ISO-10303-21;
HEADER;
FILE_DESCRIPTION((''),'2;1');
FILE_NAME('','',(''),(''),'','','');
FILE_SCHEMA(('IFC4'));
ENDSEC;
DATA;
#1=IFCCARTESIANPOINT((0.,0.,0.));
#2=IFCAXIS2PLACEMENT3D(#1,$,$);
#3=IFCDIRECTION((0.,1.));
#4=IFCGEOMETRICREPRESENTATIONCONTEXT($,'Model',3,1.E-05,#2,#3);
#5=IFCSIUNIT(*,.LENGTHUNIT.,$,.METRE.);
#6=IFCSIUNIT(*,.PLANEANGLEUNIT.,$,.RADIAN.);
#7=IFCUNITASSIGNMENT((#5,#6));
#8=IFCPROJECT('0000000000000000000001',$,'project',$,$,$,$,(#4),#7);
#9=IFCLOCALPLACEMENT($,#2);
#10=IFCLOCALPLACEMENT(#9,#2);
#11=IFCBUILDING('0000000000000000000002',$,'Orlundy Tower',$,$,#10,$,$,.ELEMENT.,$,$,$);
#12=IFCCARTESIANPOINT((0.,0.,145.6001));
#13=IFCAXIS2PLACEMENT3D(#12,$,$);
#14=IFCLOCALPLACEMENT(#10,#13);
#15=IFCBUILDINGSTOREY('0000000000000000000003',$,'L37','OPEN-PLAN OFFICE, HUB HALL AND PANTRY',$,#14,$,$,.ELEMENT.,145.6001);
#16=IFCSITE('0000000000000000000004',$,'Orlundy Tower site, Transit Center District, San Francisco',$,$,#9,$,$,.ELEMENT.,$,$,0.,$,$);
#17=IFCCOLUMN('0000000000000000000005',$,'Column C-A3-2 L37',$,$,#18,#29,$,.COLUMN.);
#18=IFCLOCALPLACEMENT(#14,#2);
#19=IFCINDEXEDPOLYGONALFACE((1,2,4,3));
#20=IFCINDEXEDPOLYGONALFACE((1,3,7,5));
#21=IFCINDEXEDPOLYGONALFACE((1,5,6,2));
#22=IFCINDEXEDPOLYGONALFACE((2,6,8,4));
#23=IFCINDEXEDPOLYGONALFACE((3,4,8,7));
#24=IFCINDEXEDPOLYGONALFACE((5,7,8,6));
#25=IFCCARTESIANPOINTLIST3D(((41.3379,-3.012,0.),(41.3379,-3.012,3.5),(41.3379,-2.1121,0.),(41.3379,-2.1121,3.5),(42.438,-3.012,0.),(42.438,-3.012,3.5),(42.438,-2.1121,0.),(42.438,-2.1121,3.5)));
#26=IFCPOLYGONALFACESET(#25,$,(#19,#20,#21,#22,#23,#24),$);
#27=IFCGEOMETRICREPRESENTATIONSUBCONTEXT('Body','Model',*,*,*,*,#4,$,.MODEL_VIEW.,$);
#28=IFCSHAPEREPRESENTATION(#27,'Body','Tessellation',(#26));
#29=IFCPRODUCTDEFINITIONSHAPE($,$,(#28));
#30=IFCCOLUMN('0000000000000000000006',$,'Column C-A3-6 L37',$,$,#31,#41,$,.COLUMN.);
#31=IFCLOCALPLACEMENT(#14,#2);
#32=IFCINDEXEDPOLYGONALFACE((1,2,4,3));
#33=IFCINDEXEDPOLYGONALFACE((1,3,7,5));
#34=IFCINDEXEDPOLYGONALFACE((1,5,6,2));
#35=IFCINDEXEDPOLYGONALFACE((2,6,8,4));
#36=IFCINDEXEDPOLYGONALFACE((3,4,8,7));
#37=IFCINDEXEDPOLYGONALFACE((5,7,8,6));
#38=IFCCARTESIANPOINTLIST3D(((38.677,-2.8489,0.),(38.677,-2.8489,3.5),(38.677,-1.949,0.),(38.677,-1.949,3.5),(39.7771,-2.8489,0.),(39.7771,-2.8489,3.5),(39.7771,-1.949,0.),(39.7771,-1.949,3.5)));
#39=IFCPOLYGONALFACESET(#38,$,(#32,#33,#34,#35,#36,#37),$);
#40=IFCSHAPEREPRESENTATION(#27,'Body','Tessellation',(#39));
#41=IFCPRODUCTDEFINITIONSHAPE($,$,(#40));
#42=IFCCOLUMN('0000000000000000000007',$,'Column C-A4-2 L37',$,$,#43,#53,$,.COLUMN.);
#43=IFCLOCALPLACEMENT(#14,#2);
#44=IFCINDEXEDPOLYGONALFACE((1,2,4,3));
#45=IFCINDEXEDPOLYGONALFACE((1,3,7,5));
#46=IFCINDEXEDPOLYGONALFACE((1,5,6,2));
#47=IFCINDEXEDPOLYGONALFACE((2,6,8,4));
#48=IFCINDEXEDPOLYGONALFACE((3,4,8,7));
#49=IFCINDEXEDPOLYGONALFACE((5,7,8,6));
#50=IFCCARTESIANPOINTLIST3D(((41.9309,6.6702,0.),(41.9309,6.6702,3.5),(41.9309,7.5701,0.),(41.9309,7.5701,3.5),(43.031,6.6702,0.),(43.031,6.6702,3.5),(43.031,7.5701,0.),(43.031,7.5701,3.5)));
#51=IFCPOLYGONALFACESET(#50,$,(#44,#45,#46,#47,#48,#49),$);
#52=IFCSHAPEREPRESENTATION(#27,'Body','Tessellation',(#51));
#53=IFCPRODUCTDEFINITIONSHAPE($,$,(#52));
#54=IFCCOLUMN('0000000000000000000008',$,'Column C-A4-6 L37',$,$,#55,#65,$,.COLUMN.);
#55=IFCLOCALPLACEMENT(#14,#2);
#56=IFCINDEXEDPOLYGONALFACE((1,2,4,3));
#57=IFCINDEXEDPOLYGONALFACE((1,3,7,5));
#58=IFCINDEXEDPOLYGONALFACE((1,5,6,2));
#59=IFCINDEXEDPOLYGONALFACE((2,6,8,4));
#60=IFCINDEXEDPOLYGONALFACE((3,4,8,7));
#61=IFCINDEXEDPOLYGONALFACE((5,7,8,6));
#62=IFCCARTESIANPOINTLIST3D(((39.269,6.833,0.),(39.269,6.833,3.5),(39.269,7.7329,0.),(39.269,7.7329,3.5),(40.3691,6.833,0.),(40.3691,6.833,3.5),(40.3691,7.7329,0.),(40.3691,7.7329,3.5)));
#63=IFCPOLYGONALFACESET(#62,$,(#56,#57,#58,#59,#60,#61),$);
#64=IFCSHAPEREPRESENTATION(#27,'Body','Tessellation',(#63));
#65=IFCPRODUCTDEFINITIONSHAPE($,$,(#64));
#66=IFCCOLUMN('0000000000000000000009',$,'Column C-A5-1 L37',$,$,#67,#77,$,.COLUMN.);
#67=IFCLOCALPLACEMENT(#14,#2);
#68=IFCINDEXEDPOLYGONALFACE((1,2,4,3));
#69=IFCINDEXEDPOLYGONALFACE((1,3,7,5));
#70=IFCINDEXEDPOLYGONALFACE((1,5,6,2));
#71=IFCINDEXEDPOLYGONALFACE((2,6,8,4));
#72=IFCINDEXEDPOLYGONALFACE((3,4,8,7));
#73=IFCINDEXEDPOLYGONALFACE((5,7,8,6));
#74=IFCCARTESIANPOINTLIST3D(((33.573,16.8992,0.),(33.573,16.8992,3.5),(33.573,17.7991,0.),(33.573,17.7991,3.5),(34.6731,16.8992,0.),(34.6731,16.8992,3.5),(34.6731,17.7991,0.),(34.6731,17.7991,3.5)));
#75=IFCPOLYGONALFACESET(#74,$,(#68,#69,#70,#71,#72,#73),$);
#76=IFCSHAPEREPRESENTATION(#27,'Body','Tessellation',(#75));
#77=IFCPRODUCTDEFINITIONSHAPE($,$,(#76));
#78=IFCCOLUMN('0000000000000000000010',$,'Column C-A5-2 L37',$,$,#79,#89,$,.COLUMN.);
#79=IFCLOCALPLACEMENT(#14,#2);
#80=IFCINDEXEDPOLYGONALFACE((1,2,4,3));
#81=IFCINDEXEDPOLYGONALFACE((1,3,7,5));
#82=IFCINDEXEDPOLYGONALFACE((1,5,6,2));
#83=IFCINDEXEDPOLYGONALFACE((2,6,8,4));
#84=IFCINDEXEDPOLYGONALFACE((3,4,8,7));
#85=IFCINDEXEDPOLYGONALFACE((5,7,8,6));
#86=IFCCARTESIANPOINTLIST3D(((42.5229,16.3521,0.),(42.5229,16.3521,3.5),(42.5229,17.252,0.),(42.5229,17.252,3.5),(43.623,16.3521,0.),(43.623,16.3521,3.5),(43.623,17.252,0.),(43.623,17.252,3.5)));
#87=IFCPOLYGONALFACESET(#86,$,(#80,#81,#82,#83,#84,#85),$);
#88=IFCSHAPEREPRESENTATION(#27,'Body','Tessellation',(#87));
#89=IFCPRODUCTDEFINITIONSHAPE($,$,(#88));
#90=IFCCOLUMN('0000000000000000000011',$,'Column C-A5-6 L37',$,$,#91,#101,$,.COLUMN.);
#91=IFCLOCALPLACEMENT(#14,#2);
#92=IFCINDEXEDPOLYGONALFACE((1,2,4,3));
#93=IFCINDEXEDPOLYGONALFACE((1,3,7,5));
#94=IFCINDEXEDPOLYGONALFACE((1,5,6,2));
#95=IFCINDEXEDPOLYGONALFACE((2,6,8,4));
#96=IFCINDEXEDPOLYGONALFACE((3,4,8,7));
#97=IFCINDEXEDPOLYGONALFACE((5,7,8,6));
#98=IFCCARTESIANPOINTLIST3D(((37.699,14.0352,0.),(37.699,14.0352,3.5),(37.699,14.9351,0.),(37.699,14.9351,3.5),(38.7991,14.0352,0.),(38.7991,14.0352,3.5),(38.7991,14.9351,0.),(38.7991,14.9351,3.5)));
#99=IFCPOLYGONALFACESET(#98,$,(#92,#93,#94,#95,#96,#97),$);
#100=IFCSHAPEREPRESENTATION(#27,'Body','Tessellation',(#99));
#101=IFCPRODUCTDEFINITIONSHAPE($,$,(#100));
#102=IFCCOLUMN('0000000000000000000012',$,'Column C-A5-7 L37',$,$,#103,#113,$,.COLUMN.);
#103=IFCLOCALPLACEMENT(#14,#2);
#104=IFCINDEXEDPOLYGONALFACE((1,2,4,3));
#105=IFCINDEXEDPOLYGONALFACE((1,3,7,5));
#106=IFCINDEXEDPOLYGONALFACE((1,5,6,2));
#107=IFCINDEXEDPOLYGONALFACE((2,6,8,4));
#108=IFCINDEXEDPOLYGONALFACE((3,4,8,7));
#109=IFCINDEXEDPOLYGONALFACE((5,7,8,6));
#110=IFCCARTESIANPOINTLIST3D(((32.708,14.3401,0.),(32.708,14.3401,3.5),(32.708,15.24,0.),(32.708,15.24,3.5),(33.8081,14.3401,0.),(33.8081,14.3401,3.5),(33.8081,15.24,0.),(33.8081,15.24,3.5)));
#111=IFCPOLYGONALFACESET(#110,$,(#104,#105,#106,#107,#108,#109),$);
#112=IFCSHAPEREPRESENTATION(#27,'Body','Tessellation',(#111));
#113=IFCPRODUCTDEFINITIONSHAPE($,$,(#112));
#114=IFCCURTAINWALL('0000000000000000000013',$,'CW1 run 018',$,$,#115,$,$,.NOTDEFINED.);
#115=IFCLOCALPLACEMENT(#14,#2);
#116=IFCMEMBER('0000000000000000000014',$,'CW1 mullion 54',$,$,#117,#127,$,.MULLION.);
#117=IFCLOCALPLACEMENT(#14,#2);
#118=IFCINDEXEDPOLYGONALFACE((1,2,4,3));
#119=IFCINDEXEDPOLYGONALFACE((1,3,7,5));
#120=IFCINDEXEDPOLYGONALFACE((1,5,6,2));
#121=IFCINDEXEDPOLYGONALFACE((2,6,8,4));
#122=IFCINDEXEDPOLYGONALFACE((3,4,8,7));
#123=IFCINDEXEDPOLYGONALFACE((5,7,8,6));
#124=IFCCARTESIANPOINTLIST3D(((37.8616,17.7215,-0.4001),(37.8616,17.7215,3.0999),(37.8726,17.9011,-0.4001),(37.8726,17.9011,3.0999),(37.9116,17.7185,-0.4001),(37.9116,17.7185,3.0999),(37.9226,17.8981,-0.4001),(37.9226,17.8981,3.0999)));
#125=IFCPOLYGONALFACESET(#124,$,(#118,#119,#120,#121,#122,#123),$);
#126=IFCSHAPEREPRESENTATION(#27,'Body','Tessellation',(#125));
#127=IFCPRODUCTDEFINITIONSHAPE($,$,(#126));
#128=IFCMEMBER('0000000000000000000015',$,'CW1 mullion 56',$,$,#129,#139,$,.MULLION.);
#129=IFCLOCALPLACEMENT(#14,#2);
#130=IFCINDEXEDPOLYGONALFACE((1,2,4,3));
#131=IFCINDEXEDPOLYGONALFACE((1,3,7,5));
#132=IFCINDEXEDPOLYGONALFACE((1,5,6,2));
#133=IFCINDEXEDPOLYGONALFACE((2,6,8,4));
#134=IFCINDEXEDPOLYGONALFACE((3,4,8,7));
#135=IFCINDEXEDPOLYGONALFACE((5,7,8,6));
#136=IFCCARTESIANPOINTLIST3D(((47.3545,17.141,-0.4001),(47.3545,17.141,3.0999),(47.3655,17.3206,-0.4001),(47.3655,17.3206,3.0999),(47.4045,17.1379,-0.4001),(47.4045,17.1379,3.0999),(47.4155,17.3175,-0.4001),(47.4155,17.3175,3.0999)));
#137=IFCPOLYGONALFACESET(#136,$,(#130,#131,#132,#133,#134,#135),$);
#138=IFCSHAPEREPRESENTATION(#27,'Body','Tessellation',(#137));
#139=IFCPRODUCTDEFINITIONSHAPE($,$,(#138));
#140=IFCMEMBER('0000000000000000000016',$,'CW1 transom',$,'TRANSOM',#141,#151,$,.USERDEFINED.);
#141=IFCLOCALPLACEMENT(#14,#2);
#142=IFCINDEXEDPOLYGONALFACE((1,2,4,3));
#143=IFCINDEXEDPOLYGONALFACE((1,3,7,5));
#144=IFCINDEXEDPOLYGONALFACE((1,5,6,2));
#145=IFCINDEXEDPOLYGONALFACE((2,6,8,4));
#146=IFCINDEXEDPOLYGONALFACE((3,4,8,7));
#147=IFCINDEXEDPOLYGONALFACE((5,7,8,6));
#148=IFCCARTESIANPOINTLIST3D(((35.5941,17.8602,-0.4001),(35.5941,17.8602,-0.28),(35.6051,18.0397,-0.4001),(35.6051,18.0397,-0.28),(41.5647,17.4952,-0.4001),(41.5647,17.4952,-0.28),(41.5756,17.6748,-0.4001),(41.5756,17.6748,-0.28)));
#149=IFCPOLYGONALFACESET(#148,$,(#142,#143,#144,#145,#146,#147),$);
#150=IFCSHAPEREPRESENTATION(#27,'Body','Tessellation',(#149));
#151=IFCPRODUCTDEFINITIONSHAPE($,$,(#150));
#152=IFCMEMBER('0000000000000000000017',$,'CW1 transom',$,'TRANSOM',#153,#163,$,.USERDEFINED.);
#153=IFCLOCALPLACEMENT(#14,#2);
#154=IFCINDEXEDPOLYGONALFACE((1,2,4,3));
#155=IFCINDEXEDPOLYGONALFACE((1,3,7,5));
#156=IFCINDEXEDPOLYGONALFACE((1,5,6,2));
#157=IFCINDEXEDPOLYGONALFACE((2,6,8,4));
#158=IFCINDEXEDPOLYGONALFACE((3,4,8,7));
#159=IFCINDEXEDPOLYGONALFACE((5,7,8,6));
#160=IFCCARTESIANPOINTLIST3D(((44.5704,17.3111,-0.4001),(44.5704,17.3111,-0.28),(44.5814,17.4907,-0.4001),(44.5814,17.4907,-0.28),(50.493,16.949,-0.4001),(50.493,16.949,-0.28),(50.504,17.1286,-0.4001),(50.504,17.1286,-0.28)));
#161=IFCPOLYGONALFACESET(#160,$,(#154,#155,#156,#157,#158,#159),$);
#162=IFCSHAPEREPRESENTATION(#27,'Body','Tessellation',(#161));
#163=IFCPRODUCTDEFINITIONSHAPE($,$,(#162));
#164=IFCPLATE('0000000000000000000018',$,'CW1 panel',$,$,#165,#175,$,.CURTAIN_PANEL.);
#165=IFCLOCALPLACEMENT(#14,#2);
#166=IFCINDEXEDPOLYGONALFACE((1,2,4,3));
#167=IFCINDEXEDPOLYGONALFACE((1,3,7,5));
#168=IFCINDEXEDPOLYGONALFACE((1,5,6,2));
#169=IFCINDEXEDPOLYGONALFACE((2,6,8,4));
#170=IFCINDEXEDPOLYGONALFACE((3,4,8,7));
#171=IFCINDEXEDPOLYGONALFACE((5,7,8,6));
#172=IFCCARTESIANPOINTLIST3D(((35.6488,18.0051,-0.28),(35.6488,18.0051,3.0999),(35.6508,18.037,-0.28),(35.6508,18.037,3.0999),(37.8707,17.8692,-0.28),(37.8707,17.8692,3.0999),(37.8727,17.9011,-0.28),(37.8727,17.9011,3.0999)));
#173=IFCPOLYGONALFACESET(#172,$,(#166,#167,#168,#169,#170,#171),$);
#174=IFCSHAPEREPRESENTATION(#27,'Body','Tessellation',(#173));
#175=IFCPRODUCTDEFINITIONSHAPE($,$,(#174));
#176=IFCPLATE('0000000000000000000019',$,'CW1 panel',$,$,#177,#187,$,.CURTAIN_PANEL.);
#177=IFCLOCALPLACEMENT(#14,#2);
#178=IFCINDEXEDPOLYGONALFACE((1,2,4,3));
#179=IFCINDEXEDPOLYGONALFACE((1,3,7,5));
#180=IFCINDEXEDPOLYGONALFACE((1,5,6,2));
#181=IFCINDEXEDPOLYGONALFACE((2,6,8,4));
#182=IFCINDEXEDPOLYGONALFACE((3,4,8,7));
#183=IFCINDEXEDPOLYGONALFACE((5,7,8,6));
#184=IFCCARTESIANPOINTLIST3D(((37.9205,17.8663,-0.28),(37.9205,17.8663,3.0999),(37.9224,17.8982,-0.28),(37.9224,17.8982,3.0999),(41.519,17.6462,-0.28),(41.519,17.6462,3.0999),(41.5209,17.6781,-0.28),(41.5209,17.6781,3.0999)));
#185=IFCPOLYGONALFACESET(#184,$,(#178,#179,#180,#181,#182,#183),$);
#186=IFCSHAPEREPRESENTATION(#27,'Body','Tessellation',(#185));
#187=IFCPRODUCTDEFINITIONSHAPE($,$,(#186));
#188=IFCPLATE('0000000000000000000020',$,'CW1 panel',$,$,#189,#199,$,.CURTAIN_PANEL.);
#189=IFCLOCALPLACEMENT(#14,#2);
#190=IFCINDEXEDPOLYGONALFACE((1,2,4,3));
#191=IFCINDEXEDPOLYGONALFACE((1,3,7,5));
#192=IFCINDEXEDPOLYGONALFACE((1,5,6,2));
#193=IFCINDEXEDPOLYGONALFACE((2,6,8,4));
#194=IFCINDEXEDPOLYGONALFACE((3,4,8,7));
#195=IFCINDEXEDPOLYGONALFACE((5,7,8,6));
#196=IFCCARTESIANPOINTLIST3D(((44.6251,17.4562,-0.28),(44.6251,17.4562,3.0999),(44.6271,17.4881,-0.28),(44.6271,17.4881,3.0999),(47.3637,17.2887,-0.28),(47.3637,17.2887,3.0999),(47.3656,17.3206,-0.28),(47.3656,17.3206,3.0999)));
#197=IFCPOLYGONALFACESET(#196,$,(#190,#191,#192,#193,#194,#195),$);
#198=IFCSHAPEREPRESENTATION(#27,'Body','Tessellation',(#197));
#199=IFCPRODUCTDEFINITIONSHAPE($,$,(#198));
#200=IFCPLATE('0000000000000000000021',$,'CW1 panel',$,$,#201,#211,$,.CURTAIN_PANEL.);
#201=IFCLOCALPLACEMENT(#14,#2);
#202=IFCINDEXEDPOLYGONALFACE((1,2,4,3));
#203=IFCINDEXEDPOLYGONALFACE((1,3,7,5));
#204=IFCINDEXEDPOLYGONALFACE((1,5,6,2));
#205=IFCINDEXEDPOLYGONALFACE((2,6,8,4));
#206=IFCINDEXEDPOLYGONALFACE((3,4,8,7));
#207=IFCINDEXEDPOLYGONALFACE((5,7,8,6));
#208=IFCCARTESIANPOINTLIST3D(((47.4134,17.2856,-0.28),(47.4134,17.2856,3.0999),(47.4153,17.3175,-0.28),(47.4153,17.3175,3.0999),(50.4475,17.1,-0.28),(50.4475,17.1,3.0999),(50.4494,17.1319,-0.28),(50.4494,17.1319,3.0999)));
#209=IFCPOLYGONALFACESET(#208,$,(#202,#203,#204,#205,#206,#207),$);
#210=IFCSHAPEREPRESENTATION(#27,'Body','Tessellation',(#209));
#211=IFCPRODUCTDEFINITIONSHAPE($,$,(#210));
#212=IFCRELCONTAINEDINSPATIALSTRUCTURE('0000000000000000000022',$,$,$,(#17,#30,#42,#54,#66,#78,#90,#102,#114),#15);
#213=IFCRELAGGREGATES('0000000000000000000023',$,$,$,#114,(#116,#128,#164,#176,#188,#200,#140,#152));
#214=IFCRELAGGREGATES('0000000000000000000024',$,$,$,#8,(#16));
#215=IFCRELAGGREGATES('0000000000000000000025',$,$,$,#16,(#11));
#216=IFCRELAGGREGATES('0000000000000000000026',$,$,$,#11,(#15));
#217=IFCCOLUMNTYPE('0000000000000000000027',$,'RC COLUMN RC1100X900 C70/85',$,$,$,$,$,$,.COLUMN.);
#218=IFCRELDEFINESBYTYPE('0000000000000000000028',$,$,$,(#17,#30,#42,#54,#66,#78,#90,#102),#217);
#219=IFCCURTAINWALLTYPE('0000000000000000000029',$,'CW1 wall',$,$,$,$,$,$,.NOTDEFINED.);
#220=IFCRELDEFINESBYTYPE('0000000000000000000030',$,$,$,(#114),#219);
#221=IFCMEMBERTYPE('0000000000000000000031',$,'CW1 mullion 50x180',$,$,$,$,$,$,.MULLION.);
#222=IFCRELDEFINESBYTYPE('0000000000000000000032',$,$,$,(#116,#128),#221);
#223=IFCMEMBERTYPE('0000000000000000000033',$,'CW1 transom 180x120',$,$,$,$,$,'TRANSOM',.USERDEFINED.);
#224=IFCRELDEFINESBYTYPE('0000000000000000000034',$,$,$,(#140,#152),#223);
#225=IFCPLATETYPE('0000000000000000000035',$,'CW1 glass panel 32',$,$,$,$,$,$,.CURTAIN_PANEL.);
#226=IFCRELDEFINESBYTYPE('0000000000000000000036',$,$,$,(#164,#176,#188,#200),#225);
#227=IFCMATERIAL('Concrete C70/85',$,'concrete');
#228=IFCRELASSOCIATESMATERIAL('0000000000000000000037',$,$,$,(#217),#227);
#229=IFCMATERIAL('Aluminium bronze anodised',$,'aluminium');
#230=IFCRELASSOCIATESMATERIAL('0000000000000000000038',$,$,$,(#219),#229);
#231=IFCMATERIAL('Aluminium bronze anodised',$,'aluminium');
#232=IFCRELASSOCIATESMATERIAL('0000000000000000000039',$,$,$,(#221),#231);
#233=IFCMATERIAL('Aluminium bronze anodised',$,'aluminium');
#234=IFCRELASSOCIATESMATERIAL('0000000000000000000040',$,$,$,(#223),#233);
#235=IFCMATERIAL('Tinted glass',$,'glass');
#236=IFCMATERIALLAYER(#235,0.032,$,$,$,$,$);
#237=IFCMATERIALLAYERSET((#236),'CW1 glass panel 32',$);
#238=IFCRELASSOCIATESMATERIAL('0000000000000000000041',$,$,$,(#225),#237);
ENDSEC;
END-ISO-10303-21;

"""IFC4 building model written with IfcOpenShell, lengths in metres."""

from ifc_helpers import new_model, si_unit, direction, frame, origin, origin_2d, place, context, subcontext, project, spatial, rectangle, extrude, material, layer, layer_set, material_profile, profile_set, type_object, element, aggregate, save


model = new_model("IFC4")

# Units and contexts
model_context = context("Model", 3, precision=1e-05, world=origin(), true_north=direction((0.0, 1.0)))
body_context = subcontext(model_context, "Body", "Model", "MODEL_VIEW")
ifc_project = project(units=[si_unit("LENGTHUNIT", "METRE"), si_unit("PLANEANGLEUNIT", "RADIAN")], contexts=[model_context])

# Site, building, storey
site_placement = place(None, origin())
site = spatial("IfcSite", under=ifc_project, at=site_placement, Name="Orlundy Tower site, Transit Center District, San Francisco", CompositionType="ELEMENT", RefElevation=0.0)
building_placement = place(site_placement, origin())
building = spatial("IfcBuilding", under=site, at=building_placement, Name="Orlundy Tower", CompositionType="ELEMENT")
storey_placement = place(building_placement, frame((0.0, 0.0, 145.6001)))
storey = spatial("IfcBuildingStorey", under=building, at=storey_placement, Name="L37", Description="OPEN-PLAN OFFICE, HUB HALL AND PANTRY", CompositionType="ELEMENT", Elevation=145.6001)

# Columns
ifc_material_1 = material(Name="Concrete C70/85", Category="concrete")
ifc_material_profile_1 = material_profile(ifc_material_1, rectangle(XDim=1.1001, YDim=0.8999, at=origin_2d()), Name="RC1100X900")
ifc_profile_set_1 = profile_set([ifc_material_profile_1], Name="Concrete C70/85")
column_type = type_object("IfcColumnType", Name="RC COLUMN RC1100X900 C70/85", PredefinedType="COLUMN", material=ifc_profile_set_1)
for number, where, z_axis, x_axis, name in (
    (1, (41.8879, -2.562, 0.0), (0.0, 0.0, 1.0), (1.0, 0.0, 0.0), "Column C-A3-2 L37"),
    (2, (39.2271, -2.3989, 0.0), (0.0, 0.0, 1.0), (1.0, 0.0, 0.0), "Column C-A3-6 L37"),
    (3, (42.481, 7.1201, 0.0), (0.0, 0.0, 1.0), (1.0, 0.0, 0.0), "Column C-A4-2 L37"),
    (4, (39.8191, 7.283, 0.0), (0.0, 0.0, 1.0), (1.0, 0.0, 0.0), "Column C-A4-6 L37"),
    (5, (34.123, 17.3491, 0.0), (0.0, 0.0, 1.0), (1.0, 0.0, 0.0), "Column C-A5-1 L37"),
    (6, (43.073, 16.802, 0.0), (0.0, 0.0, 1.0), (1.0, 0.0, 0.0), "Column C-A5-2 L37"),
    (7, (38.249, 14.4851, 0.0), (0.0, 0.0, 1.0), (1.0, 0.0, 0.0), "Column C-A5-6 L37"),
    (8, (33.2581, 14.79, 0.0), (0.0, 0.0, 1.0), (1.0, 0.0, 0.0), "Column C-A5-7 L37"),
):
    element("IfcColumn", number, at=place(storey_placement, frame(where, z_axis=z_axis, x_axis=x_axis)), inside=storey, type_object=column_type, Name=name, PredefinedType="COLUMN", context=body_context, shape_type="SweptSolid", body=[
        extrude(rectangle(XDim=1.1001, YDim=0.8999, at=origin_2d()), origin(), (0.0, 0.0, 1.0), 3.5),
    ])

# Curtain wall, members, plates
ifc_material_2 = material(Name="Aluminium bronze anodised", Category="aluminium")
curtain_wall_type = type_object("IfcCurtainWallType", Name="CW1 wall", PredefinedType="NOTDEFINED", material=ifc_material_2)
curtain_wall_placement = place(storey_placement, origin())
curtain_wall = element("IfcCurtainWall", 9, at=curtain_wall_placement, inside=storey, type_object=curtain_wall_type, Name="CW1 run 018", PredefinedType="NOTDEFINED")
ifc_material_3 = material(Name="Aluminium bronze anodised", Category="aluminium")
ifc_material_profile_2 = material_profile(ifc_material_3, rectangle(XDim=0.1799, YDim=0.05, at=origin_2d()), Name="CW1 mullion 50x180")
ifc_profile_set_2 = profile_set([ifc_material_profile_2], Name="Aluminium bronze anodised")
member_type_1 = type_object("IfcMemberType", Name="CW1 mullion 50x180", PredefinedType="MULLION", material=ifc_profile_set_2)
member_1_placement = place(storey_placement, frame((37.8921, 17.8098, -0.4001), z_axis=(0.0, 0.0, 1.0), x_axis=(0.061054, 0.998134, 0.0)))
member_1 = element("IfcMember", 10, at=member_1_placement, type_object=member_type_1, Name="CW1 mullion 54", PredefinedType="MULLION", context=body_context, shape_type="SweptSolid", body=[
    extrude(rectangle(XDim=0.1799, YDim=0.05, at=origin_2d()), origin(), (0.0, 0.0, 1.0), 3.5),
])
member_2_placement = place(storey_placement, frame((47.385, 17.2292, -0.4001), z_axis=(0.0, 0.0, 1.0), x_axis=(0.061054, 0.998134, 0.0)))
member_2 = element("IfcMember", 11, at=member_2_placement, type_object=member_type_1, Name="CW1 mullion 56", PredefinedType="MULLION", context=body_context, shape_type="SweptSolid", body=[
    extrude(rectangle(XDim=0.1799, YDim=0.05, at=origin_2d()), origin(), (0.0, 0.0, 1.0), 3.5),
])
ifc_material_4 = material(Name="Aluminium bronze anodised", Category="aluminium")
ifc_material_profile_3 = material_profile(ifc_material_4, rectangle(XDim=0.1799, YDim=0.1201, at=origin_2d()), Name="CW1 transom 180x120")
ifc_profile_set_3 = profile_set([ifc_material_profile_3], Name="Aluminium bronze anodised")
member_type_2 = type_object("IfcMemberType", Name="CW1 transom 180x120", ElementType="TRANSOM", PredefinedType="USERDEFINED", material=ifc_profile_set_3)
member_3_placement = place(storey_placement, frame((35.5996, 17.95, -0.3401), z_axis=(0.998137, -0.061019, 0.0), x_axis=(0.061019, 0.998137, 0.0)))
member_3 = element("IfcMember", 12, at=member_3_placement, type_object=member_type_2, Name="CW1 transom", ObjectType="TRANSOM", PredefinedType="USERDEFINED", context=body_context, shape_type="SweptSolid", body=[
    extrude(rectangle(XDim=0.1799, YDim=0.1201, at=origin_2d()), origin(), (0.0, 0.0, 1.0), 5.9817),
])
member_4_placement = place(storey_placement, frame((44.5759, 17.4009, -0.3401), z_axis=(0.998137, -0.061018, 0.0), x_axis=(0.061018, 0.998137, 0.0)))
member_4 = element("IfcMember", 13, at=member_4_placement, type_object=member_type_2, Name="CW1 transom", ObjectType="TRANSOM", PredefinedType="USERDEFINED", context=body_context, shape_type="SweptSolid", body=[
    extrude(rectangle(XDim=0.1799, YDim=0.1201, at=origin_2d()), origin(), (0.0, 0.0, 1.0), 5.9336),
])
ifc_material_5 = material(Name="Tinted glass", Category="glass")
ifc_layer_1 = layer(ifc_material_5, 0.032)
ifc_layer_set_1 = layer_set([ifc_layer_1], Name="CW1 glass panel 32")
plate_type = type_object("IfcPlateType", Name="CW1 glass panel 32", PredefinedType="CURTAIN_PANEL", material=ifc_layer_set_1)
plate_1_placement = place(storey_placement, frame((36.7607, 17.9531, -0.28), z_axis=(0.0, 0.0, 1.0), x_axis=(0.998134, -0.061054, 0.0)))
plate_1 = element("IfcPlate", 14, at=plate_1_placement, type_object=plate_type, Name="CW1 panel", PredefinedType="CURTAIN_PANEL", context=body_context, shape_type="SweptSolid", body=[
    extrude(rectangle(XDim=2.2261, YDim=0.032, at=origin_2d()), origin(), (0.0, 0.0, 1.0), 3.3799),
])
plate_2_placement = place(storey_placement, frame((39.7207, 17.7722, -0.28), z_axis=(0.0, 0.0, 1.0), x_axis=(0.998134, -0.061054, 0.0)))
plate_2 = element("IfcPlate", 15, at=plate_2_placement, type_object=plate_type, Name="CW1 panel", PredefinedType="CURTAIN_PANEL", context=body_context, shape_type="SweptSolid", body=[
    extrude(rectangle(XDim=3.6052, YDim=0.032, at=origin_2d()), origin(), (0.0, 0.0, 1.0), 3.3799),
])
plate_3_placement = place(storey_placement, frame((45.9954, 17.3884, -0.28), z_axis=(0.0, 0.0, 1.0), x_axis=(0.998134, -0.061054, 0.0)))
plate_3 = element("IfcPlate", 16, at=plate_3_placement, type_object=plate_type, Name="CW1 panel", PredefinedType="CURTAIN_PANEL", context=body_context, shape_type="SweptSolid", body=[
    extrude(rectangle(XDim=2.7437, YDim=0.032, at=origin_2d()), origin(), (0.0, 0.0, 1.0), 3.3799),
])
plate_4_placement = place(storey_placement, frame((48.9314, 17.2087, -0.28), z_axis=(0.0, 0.0, 1.0), x_axis=(0.998134, -0.061054, 0.0)))
plate_4 = element("IfcPlate", 17, at=plate_4_placement, type_object=plate_type, Name="CW1 panel", PredefinedType="CURTAIN_PANEL", context=body_context, shape_type="SweptSolid", body=[
    extrude(rectangle(XDim=3.0398, YDim=0.032, at=origin_2d()), origin(), (0.0, 0.0, 1.0), 3.3799),
])
aggregate(curtain_wall, [member_1, member_2, plate_1, plate_2, plate_3, plate_4, member_3, member_4])

save(model, "model.ifc")
